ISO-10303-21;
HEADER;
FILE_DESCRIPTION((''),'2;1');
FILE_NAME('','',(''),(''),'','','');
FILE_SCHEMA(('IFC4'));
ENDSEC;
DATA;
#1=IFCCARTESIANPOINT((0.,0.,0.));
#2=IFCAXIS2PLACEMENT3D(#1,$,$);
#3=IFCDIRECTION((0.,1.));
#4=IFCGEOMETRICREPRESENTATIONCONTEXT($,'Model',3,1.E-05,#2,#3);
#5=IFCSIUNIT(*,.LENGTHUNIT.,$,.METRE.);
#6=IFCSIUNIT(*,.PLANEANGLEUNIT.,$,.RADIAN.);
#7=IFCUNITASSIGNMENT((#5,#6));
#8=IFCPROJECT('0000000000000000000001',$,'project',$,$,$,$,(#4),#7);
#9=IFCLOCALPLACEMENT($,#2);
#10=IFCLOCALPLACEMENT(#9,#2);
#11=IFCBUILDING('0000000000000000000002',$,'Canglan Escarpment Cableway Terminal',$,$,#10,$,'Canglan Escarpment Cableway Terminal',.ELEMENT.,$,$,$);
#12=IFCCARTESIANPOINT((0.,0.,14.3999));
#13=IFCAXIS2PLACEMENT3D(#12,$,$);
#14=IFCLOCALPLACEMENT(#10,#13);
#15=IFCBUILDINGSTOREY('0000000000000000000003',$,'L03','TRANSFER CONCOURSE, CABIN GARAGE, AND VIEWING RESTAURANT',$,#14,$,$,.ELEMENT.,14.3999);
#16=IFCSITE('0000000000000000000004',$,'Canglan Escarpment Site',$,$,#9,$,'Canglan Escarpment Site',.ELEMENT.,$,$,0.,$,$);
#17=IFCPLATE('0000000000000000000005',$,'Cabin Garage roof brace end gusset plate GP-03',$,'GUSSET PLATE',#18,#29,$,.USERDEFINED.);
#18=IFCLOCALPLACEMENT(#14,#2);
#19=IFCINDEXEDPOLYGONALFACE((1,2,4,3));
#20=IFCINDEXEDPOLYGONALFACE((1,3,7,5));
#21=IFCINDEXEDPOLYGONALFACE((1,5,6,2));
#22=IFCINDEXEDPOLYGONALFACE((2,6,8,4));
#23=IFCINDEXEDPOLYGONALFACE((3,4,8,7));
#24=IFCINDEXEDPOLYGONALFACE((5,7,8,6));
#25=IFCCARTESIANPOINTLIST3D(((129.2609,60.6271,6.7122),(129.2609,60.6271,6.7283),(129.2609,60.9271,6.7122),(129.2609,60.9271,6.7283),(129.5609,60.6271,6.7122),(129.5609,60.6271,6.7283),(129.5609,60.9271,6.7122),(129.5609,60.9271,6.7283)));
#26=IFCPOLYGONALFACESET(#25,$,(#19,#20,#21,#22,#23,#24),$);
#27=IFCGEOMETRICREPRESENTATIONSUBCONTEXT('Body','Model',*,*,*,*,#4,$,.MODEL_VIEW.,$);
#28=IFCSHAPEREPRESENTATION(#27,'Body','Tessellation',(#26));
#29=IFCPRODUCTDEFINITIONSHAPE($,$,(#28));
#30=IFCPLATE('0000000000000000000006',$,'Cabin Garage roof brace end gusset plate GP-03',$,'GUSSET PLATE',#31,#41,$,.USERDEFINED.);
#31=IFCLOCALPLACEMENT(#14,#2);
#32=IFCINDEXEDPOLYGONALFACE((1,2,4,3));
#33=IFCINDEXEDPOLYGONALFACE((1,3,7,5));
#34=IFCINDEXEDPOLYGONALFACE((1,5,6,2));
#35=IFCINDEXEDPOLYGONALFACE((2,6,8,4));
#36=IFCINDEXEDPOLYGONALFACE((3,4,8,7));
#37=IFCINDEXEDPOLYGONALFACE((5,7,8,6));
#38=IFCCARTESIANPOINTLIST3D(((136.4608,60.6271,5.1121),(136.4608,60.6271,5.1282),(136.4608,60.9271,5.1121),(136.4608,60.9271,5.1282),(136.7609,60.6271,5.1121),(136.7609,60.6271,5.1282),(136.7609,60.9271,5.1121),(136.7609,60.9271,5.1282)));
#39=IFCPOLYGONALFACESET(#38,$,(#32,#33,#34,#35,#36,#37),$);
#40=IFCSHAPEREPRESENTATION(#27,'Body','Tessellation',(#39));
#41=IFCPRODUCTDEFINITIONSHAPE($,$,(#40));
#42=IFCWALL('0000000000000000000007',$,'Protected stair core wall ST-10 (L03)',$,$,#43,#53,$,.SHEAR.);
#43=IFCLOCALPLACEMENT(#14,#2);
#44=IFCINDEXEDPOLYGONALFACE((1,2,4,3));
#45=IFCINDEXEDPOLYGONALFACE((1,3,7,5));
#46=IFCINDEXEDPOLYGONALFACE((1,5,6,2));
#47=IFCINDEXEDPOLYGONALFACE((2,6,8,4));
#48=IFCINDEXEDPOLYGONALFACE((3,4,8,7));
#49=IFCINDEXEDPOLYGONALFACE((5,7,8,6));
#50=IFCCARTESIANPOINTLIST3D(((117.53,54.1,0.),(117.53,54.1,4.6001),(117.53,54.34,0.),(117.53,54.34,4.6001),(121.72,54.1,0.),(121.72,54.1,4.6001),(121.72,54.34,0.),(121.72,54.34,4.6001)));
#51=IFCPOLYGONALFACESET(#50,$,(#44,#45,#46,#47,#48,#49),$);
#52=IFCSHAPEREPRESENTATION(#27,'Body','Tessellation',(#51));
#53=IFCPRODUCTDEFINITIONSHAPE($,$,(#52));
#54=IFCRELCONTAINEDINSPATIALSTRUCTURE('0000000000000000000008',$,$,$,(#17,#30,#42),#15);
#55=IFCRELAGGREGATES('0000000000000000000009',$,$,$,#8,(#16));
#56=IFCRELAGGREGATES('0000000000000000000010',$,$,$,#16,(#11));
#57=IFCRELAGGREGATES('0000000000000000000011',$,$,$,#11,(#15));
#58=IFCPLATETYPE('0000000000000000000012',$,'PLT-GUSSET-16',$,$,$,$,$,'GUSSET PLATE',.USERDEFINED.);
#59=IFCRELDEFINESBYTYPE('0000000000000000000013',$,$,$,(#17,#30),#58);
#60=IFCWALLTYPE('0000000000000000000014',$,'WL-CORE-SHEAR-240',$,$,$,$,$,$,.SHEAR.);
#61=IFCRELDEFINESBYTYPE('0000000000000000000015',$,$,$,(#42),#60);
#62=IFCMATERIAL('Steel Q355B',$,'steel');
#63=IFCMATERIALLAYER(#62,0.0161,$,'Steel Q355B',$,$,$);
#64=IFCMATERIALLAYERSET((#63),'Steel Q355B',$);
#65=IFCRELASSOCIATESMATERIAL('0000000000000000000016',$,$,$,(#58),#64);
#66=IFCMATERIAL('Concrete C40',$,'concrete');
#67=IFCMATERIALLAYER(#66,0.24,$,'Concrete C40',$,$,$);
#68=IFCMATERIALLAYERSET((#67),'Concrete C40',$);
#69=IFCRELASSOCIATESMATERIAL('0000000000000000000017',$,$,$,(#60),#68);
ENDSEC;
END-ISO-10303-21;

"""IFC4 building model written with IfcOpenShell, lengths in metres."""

from ifc_helpers import new_model, si_unit, direction, frame, frame_2d, origin, origin_2d, place, context, subcontext, project, spatial, rectangle, extrude, material, layer, layer_set, type_object, element, save


model = new_model("IFC4")

# Units and contexts
model_context = context("Model", 3, precision=1e-05, world=origin(), true_north=direction((0.0, 1.0)))
body_context = subcontext(model_context, "Body", "Model", "MODEL_VIEW")
ifc_project = project(units=[si_unit("LENGTHUNIT", "METRE"), si_unit("PLANEANGLEUNIT", "RADIAN")], contexts=[model_context])

# Site, building, storey
site_placement = place(None, origin())
site = spatial("IfcSite", under=ifc_project, at=site_placement, Name="Canglan Escarpment Site", LongName="Canglan Escarpment Site", CompositionType="ELEMENT", RefElevation=0.0)
building_placement = place(site_placement, origin())
building = spatial("IfcBuilding", under=site, at=building_placement, Name="Canglan Escarpment Cableway Terminal", LongName="Canglan Escarpment Cableway Terminal", CompositionType="ELEMENT")
storey_placement = place(building_placement, frame((0.0, 0.0, 14.3999)))
storey = spatial("IfcBuildingStorey", under=building, at=storey_placement, Name="L03", Description="TRANSFER CONCOURSE, CABIN GARAGE, AND VIEWING RESTAURANT", CompositionType="ELEMENT", Elevation=14.3999)

# Shared definitions
ifc_material_1 = material(Name="Steel Q355B", Category="steel")

# Plates
ifc_layer_1 = layer(ifc_material_1, 0.0161, Name="Steel Q355B")
ifc_layer_set_1 = layer_set([ifc_layer_1], Name="Steel Q355B")
plate_type_1 = type_object("IfcPlateType", Name="PLT-GUSSET-16", ElementType="GUSSET PLATE", PredefinedType="USERDEFINED", material=ifc_layer_set_1)
for number, where, z_axis, x_axis, name in (
    (1, (129.4109, 60.7771, 6.7122), (0.0, 0.0, 1.0), (1.0, 0.0, 0.0), "Cabin Garage roof brace end gusset plate GP-03"),
    (2, (136.6108, 60.7771, 5.1121), (0.0, 0.0, 1.0), (1.0, 0.0, 0.0), "Cabin Garage roof brace end gusset plate GP-03"),
):
    element("IfcPlate", number, at=place(storey_placement, frame(where, z_axis=z_axis, x_axis=x_axis)), inside=storey, type_object=plate_type_1, Name=name, ObjectType="GUSSET PLATE", PredefinedType="USERDEFINED", context=body_context, shape_type="SweptSolid", body=[
        extrude(rectangle(XDim=0.3, YDim=0.3, at=origin_2d()), origin(), (0.0, 0.0, 1.0), 0.0161),
    ])

# Wall
ifc_material_2 = material(Name="Concrete C40", Category="concrete")
ifc_layer_2 = layer(ifc_material_2, 0.24, Name="Concrete C40")
ifc_layer_set_2 = layer_set([ifc_layer_2], Name="Concrete C40")
wall_type = type_object("IfcWallType", Name="WL-CORE-SHEAR-240", PredefinedType="SHEAR", material=ifc_layer_set_2)
wall_placement = place(storey_placement, frame((121.72, 54.22, 0.0), z_axis=(0.0, 0.0, 1.0), x_axis=(-1.0, 0.0, 0.0)))
element("IfcWall", 3, at=wall_placement, inside=storey, type_object=wall_type, Name="Protected stair core wall ST-10 (L03)", PredefinedType="SHEAR", context=body_context, shape_type="SweptSolid", body=[
    extrude(rectangle(XDim=4.1899, YDim=0.24, at=frame_2d((2.095, 0.0))), origin(), (0.0, 0.0, 1.0), 4.6001),
])

save(model, "model.ifc")
